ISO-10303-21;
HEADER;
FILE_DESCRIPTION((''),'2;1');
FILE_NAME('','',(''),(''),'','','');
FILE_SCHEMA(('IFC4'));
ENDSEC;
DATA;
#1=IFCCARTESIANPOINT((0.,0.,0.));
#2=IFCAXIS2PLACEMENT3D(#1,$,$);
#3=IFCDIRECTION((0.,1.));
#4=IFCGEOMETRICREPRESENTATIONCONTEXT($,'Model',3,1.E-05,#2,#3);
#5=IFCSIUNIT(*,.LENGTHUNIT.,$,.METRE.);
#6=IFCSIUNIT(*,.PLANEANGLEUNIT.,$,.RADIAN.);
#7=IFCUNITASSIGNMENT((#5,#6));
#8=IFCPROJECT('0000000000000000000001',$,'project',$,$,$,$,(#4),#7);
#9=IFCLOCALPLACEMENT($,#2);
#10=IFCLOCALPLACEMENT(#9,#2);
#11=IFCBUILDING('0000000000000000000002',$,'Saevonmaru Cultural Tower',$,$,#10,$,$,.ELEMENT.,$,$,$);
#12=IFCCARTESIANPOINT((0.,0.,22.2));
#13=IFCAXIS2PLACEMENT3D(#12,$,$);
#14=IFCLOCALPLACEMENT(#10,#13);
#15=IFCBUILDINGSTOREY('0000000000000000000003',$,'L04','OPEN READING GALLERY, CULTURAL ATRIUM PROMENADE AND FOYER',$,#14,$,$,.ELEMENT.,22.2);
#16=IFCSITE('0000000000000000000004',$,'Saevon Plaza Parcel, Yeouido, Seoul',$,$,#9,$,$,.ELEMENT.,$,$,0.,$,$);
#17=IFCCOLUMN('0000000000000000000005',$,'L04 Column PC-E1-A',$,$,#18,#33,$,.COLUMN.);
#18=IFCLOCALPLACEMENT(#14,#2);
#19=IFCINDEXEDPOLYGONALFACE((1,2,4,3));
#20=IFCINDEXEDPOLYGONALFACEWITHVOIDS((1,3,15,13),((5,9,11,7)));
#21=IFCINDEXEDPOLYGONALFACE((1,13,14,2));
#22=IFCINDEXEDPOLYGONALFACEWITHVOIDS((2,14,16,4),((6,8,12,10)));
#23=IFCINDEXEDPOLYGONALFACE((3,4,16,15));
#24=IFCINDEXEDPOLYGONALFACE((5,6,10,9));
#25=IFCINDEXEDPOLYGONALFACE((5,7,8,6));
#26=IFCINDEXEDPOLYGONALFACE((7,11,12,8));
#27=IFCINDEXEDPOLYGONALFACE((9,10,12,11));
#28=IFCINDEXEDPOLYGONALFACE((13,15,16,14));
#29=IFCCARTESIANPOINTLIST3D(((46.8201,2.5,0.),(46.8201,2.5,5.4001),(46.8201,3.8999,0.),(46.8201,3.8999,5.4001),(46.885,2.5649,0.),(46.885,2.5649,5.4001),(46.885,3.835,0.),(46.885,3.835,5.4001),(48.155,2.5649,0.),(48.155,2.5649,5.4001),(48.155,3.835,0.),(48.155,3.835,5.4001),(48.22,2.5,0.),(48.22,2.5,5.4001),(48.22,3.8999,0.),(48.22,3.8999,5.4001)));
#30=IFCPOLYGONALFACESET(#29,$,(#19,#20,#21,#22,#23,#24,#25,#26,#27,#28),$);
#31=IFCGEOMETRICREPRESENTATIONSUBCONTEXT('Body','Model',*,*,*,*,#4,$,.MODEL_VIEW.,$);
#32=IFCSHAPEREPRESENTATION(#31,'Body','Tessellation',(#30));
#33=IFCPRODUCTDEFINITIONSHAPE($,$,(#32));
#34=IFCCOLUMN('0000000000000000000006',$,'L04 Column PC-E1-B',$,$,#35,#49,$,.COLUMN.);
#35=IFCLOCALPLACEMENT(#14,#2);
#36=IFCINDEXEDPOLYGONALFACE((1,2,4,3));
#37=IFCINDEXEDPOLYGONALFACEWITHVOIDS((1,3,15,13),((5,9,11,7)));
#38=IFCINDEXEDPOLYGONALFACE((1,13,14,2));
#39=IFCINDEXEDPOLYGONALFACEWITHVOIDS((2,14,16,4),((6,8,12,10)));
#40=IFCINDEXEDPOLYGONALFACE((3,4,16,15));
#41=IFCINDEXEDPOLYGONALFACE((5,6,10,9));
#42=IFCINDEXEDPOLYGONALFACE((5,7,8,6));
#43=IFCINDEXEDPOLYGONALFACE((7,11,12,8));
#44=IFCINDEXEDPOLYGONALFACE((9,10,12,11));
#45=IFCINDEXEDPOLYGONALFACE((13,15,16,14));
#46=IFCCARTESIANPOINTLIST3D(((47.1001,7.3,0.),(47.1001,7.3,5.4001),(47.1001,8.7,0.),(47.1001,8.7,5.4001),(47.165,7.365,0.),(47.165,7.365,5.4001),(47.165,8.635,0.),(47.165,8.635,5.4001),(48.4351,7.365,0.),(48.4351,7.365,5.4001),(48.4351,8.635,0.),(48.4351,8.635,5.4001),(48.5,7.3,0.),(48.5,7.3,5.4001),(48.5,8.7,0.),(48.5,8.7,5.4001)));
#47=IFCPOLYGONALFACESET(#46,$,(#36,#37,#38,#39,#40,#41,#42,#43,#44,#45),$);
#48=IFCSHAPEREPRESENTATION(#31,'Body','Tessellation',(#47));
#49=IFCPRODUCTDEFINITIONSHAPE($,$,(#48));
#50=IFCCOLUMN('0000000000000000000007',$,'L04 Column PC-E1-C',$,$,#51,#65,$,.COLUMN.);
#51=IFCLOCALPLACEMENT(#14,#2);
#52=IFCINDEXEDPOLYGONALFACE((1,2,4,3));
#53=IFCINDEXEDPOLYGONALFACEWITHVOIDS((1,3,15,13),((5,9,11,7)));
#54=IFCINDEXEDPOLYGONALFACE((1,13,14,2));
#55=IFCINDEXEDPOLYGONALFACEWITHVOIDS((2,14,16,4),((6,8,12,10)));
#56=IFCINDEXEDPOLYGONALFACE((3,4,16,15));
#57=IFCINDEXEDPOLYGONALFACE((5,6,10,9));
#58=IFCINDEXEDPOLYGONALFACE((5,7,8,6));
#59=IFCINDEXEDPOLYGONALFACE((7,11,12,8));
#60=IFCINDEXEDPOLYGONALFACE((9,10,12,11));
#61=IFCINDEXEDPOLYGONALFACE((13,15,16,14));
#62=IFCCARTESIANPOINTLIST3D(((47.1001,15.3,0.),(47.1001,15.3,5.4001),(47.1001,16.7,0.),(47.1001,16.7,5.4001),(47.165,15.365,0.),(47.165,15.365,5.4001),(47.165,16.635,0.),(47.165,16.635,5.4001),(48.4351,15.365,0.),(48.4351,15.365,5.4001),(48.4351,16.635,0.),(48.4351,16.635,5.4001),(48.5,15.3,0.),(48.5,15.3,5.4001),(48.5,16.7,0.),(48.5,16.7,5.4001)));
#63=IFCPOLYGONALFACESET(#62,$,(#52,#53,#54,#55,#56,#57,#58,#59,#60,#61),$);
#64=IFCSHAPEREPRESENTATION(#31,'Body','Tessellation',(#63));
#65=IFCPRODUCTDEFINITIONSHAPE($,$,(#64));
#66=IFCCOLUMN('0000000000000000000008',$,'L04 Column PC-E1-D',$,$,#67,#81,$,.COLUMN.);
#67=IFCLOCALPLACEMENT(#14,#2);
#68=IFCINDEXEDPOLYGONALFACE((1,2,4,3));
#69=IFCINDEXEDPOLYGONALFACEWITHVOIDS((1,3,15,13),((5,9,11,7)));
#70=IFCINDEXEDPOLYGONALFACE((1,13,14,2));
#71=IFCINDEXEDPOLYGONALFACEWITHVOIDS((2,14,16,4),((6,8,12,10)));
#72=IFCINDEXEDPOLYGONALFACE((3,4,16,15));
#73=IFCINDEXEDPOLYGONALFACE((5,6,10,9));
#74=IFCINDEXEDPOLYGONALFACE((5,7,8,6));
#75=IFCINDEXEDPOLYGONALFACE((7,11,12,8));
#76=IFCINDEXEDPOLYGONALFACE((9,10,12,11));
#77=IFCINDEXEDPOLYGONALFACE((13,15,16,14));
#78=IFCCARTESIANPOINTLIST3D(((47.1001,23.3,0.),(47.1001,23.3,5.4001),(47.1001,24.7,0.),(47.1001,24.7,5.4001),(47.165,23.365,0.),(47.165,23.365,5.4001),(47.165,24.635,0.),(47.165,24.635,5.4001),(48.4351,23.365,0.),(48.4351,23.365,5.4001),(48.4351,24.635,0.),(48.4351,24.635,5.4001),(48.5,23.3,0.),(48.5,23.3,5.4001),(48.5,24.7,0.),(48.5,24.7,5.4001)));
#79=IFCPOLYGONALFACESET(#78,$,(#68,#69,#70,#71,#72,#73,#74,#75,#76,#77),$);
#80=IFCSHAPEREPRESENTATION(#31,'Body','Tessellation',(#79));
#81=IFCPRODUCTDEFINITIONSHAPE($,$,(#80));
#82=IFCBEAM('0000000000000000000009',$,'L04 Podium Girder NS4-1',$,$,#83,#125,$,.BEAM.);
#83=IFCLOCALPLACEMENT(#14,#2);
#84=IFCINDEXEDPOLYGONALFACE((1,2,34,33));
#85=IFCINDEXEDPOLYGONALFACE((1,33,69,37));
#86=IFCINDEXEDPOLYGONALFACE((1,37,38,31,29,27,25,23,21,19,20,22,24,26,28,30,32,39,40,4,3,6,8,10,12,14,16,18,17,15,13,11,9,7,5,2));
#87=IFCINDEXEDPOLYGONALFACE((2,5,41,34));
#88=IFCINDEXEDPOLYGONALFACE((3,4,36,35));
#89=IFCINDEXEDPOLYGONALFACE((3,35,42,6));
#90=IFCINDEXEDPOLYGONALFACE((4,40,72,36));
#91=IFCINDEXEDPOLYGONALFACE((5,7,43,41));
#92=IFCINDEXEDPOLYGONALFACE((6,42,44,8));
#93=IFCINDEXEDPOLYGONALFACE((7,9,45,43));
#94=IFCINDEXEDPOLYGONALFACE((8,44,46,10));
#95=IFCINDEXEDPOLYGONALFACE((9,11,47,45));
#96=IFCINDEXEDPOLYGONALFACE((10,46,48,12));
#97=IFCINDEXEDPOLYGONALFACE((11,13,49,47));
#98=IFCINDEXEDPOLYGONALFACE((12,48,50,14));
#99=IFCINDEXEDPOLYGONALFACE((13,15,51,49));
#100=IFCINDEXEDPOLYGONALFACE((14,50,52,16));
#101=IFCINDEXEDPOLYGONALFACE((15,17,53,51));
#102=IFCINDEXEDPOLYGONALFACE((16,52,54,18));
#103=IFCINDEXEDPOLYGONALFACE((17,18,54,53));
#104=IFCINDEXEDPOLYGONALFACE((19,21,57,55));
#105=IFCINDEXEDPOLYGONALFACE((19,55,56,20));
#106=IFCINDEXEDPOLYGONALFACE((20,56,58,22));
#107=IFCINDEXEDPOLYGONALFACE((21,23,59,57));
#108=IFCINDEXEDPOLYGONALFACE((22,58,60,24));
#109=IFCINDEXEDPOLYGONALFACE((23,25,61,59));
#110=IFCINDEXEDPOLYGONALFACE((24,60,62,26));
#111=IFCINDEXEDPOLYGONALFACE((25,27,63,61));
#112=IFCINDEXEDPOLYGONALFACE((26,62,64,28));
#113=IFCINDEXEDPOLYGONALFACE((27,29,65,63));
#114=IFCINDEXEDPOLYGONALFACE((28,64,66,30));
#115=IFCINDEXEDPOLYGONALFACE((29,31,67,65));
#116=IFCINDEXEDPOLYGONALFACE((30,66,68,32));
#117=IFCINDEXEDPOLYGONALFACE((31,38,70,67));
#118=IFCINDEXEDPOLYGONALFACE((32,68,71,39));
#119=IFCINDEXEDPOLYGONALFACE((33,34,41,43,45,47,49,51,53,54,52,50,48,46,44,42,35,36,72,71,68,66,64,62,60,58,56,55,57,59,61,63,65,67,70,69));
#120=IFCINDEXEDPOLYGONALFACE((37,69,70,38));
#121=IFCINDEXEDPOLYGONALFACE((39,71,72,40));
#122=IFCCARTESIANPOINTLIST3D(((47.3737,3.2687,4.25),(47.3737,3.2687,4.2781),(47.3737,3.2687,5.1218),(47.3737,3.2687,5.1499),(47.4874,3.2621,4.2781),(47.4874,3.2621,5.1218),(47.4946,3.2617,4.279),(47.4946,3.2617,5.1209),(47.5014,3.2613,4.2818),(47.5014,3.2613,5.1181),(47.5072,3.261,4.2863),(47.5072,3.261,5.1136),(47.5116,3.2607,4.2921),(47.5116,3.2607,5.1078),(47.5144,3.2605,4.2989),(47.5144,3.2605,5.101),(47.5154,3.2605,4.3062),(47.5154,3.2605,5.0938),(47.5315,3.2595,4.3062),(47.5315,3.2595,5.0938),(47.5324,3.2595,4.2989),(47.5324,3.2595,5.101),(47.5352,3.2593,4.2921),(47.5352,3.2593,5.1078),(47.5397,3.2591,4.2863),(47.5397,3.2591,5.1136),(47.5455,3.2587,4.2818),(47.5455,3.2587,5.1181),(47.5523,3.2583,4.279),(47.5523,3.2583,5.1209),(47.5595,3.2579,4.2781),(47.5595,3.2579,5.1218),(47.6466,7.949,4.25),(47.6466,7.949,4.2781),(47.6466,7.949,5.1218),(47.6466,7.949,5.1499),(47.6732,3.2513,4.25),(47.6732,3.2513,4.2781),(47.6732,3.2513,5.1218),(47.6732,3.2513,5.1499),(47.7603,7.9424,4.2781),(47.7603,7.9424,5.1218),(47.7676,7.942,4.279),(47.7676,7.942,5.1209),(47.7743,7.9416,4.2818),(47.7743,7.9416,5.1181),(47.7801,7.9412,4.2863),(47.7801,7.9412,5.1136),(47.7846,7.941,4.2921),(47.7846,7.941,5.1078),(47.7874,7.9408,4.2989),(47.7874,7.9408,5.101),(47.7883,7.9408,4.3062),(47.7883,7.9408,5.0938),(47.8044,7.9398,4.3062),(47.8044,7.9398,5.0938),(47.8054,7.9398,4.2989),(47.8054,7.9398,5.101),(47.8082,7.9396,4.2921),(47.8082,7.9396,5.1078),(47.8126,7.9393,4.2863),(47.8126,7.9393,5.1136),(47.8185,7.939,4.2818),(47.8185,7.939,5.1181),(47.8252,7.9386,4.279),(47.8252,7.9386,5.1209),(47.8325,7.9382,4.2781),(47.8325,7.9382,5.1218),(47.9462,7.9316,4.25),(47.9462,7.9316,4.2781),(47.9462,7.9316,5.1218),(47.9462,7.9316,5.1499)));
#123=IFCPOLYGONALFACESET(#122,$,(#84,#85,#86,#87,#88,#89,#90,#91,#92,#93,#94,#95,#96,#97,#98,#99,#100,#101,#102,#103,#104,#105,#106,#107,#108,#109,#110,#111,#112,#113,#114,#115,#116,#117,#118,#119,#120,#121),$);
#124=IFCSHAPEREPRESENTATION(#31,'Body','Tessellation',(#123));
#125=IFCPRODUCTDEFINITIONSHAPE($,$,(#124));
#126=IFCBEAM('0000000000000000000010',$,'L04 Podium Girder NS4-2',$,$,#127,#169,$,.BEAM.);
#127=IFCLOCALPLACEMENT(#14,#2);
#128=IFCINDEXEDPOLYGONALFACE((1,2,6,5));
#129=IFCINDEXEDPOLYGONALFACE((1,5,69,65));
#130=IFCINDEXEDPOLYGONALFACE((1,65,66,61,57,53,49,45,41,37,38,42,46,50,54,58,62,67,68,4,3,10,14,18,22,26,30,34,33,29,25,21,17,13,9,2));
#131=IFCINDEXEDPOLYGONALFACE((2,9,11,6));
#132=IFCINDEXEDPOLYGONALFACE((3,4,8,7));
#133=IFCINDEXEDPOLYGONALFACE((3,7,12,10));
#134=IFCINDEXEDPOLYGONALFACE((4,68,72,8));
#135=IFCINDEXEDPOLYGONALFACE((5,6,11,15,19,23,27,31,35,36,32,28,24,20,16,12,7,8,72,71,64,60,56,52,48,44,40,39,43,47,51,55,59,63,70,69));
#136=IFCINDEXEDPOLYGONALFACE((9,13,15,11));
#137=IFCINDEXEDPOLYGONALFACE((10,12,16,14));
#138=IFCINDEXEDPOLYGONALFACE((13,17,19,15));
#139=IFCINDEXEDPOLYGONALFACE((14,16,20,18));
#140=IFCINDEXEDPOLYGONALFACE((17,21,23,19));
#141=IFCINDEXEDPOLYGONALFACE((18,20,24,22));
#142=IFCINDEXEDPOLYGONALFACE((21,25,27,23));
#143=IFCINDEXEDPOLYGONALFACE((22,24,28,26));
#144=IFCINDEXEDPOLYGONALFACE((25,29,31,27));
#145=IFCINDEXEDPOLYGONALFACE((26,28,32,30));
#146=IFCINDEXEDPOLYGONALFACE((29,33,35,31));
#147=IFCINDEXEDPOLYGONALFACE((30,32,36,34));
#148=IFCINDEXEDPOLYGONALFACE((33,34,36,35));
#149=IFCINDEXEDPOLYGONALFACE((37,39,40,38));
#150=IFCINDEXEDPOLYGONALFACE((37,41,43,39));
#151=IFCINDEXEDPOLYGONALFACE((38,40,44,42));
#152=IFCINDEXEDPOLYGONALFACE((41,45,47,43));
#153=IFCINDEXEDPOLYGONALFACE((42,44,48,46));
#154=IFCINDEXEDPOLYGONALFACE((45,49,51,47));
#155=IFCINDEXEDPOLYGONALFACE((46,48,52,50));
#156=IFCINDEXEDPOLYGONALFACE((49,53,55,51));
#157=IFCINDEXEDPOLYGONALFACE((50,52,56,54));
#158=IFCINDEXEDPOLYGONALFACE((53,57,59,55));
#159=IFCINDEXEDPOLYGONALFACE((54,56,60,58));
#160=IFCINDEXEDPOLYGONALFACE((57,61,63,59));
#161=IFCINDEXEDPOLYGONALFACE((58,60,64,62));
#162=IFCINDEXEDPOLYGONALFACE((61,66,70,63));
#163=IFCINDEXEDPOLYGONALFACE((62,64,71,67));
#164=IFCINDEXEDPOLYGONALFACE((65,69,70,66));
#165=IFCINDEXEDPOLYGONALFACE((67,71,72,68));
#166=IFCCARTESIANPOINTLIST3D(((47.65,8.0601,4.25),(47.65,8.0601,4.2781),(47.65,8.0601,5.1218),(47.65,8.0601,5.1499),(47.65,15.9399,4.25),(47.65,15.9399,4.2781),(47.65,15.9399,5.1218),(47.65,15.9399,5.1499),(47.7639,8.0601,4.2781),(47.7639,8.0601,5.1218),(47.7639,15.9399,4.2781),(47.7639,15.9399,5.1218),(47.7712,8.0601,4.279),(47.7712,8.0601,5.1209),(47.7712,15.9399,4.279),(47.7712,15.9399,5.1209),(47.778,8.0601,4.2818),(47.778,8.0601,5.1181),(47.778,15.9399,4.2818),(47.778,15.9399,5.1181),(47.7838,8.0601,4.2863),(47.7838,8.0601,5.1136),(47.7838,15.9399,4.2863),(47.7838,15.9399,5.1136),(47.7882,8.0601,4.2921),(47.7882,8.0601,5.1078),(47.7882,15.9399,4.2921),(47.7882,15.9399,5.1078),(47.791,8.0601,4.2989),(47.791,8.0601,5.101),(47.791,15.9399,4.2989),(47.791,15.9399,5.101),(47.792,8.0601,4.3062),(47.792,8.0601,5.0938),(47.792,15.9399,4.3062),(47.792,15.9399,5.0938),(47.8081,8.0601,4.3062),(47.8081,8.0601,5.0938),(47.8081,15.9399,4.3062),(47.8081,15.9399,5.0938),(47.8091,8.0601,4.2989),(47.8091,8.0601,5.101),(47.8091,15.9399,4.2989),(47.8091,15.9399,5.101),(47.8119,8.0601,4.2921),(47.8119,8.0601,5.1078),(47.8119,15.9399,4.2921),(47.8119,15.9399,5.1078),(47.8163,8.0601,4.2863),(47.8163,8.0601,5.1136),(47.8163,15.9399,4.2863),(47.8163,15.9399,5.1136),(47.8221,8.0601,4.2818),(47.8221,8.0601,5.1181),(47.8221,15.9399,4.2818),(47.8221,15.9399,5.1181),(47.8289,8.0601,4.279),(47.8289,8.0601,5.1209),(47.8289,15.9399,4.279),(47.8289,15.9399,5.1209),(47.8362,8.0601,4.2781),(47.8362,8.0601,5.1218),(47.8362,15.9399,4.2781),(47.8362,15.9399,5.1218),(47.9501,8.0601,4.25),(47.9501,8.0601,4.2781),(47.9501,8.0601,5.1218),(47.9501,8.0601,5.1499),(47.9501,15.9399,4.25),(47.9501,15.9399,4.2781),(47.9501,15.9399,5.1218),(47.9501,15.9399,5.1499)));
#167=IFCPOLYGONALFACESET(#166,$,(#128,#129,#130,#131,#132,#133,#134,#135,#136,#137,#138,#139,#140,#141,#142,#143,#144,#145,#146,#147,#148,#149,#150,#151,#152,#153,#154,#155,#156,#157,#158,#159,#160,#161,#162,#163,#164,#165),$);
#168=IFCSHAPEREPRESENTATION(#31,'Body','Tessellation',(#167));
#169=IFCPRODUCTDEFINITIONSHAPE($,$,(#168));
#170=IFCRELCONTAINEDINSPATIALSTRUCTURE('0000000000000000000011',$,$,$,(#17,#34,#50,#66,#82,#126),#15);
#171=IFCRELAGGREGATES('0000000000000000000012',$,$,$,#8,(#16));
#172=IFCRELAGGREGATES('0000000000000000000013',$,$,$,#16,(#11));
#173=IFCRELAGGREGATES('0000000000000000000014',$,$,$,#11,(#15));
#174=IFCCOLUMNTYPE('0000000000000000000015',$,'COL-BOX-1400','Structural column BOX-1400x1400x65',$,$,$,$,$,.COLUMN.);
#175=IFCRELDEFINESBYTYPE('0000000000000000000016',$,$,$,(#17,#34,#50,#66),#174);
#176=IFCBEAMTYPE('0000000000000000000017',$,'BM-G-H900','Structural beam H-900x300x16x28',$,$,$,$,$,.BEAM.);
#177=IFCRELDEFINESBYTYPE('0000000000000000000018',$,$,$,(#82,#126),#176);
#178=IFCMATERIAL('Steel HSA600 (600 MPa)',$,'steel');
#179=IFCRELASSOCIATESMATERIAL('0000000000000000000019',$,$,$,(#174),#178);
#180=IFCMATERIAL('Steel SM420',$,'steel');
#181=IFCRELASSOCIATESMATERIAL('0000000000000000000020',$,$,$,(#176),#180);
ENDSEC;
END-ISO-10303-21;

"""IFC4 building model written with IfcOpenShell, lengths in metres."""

from ifc_helpers import new_model, si_unit, direction, frame, origin, origin_2d, place, context, subcontext, project, spatial, hollow_rectangle, i_section, extrude, material, material_profile, profile_set, type_object, element, save


model = new_model("IFC4")

# Units and contexts
model_context = context("Model", 3, precision=1e-05, world=origin(), true_north=direction((0.0, 1.0)))
body_context = subcontext(model_context, "Body", "Model", "MODEL_VIEW")
ifc_project = project(units=[si_unit("LENGTHUNIT", "METRE"), si_unit("PLANEANGLEUNIT", "RADIAN")], contexts=[model_context])

# Site, building, storey
site_placement = place(None, origin())
site = spatial("IfcSite", under=ifc_project, at=site_placement, Name="Saevon Plaza Parcel, Yeouido, Seoul", CompositionType="ELEMENT", RefElevation=0.0)
building_placement = place(site_placement, origin())
building = spatial("IfcBuilding", under=site, at=building_placement, Name="Saevonmaru Cultural Tower", CompositionType="ELEMENT")
storey_placement = place(building_placement, frame((0.0, 0.0, 22.2)))
storey = spatial("IfcBuildingStorey", under=building, at=storey_placement, Name="L04", Description="OPEN READING GALLERY, CULTURAL ATRIUM PROMENADE AND FOYER", CompositionType="ELEMENT", Elevation=22.2)

# Columns
ifc_material_1 = material(Name="Steel HSA600 (600 MPa)", Category="steel")
ifc_material_profile_1 = material_profile(ifc_material_1, hollow_rectangle(XDim=1.3999, YDim=1.3999, WallThickness=0.0649, at=origin_2d()), Name="BOX-1400x1400x65")
ifc_profile_set_1 = profile_set([ifc_material_profile_1], Name="Steel HSA600 (600 MPa)")
column_type = type_object("IfcColumnType", Name="COL-BOX-1400", Description="Structural column BOX-1400x1400x65", PredefinedType="COLUMN", material=ifc_profile_set_1)
for number, where, z_axis, x_axis, name in (
    (1, (47.52, 3.2, 0.0), (0.0, 0.0, 1.0), (1.0, 0.0, 0.0), "L04 Column PC-E1-A"),
    (2, (47.8, 8.0, 0.0), (0.0, 0.0, 1.0), (1.0, 0.0, 0.0), "L04 Column PC-E1-B"),
    (3, (47.8, 16.0, 0.0), (0.0, 0.0, 1.0), (1.0, 0.0, 0.0), "L04 Column PC-E1-C"),
    (4, (47.8, 24.0, 0.0), (0.0, 0.0, 1.0), (1.0, 0.0, 0.0), "L04 Column PC-E1-D"),
):
    element("IfcColumn", number, at=place(storey_placement, frame(where, z_axis=z_axis, x_axis=x_axis)), inside=storey, type_object=column_type, Name=name, PredefinedType="COLUMN", context=body_context, shape_type="SweptSolid", body=[
        extrude(hollow_rectangle(XDim=1.3999, YDim=1.3999, WallThickness=0.0649, at=origin_2d()), origin(), (0.0, 0.0, 1.0), 5.4001),
    ])

# Beams
ifc_material_2 = material(Name="Steel SM420", Category="steel")
ifc_material_profile_2 = material_profile(ifc_material_2, i_section(OverallWidth=0.3, OverallDepth=0.8999, WebThickness=0.0161, FlangeThickness=0.0281, FilletRadius=0.0281, at=origin_2d()), Name="H-900x300x16x28")
ifc_profile_set_2 = profile_set([ifc_material_profile_2], Name="Steel SM420")
beam_type_1 = type_object("IfcBeamType", Name="BM-G-H900", Description="Structural beam H-900x300x16x28", PredefinedType="BEAM", material=ifc_profile_set_2)
beam_1_placement = place(storey_placement, frame((47.5234, 3.26, 4.7), z_axis=(0.058221, 0.998304, 0.0), x_axis=(-0.998304, 0.058221, 0.0)))
element("IfcBeam", 5, at=beam_1_placement, inside=storey, type_object=beam_type_1, Name="L04 Podium Girder NS4-1", PredefinedType="BEAM", context=body_context, shape_type="SweptSolid", body=[
    extrude(i_section(OverallWidth=0.3, OverallDepth=0.8999, WebThickness=0.0161, FlangeThickness=0.0281, FilletRadius=0.0281, at=origin_2d()), origin(), (0.0, 0.0, 1.0), 4.6882),
])
for number, where, z_axis, x_axis, name in (
    (6, (47.8, 8.0601, 4.7), (0.0, 1.0, 0.0), (-1.0, 0.0, 0.0), "L04 Podium Girder NS4-2"),
):
    element("IfcBeam", number, at=place(storey_placement, frame(where, z_axis=z_axis, x_axis=x_axis)), inside=storey, type_object=beam_type_1, Name=name, PredefinedType="BEAM", context=body_context, shape_type="SweptSolid", body=[
        extrude(i_section(OverallWidth=0.3, OverallDepth=0.8999, WebThickness=0.0161, FlangeThickness=0.0281, FilletRadius=0.0281, at=origin_2d()), origin(), (0.0, 0.0, 1.0), 7.8799),
    ])

save(model, "model.ifc")
